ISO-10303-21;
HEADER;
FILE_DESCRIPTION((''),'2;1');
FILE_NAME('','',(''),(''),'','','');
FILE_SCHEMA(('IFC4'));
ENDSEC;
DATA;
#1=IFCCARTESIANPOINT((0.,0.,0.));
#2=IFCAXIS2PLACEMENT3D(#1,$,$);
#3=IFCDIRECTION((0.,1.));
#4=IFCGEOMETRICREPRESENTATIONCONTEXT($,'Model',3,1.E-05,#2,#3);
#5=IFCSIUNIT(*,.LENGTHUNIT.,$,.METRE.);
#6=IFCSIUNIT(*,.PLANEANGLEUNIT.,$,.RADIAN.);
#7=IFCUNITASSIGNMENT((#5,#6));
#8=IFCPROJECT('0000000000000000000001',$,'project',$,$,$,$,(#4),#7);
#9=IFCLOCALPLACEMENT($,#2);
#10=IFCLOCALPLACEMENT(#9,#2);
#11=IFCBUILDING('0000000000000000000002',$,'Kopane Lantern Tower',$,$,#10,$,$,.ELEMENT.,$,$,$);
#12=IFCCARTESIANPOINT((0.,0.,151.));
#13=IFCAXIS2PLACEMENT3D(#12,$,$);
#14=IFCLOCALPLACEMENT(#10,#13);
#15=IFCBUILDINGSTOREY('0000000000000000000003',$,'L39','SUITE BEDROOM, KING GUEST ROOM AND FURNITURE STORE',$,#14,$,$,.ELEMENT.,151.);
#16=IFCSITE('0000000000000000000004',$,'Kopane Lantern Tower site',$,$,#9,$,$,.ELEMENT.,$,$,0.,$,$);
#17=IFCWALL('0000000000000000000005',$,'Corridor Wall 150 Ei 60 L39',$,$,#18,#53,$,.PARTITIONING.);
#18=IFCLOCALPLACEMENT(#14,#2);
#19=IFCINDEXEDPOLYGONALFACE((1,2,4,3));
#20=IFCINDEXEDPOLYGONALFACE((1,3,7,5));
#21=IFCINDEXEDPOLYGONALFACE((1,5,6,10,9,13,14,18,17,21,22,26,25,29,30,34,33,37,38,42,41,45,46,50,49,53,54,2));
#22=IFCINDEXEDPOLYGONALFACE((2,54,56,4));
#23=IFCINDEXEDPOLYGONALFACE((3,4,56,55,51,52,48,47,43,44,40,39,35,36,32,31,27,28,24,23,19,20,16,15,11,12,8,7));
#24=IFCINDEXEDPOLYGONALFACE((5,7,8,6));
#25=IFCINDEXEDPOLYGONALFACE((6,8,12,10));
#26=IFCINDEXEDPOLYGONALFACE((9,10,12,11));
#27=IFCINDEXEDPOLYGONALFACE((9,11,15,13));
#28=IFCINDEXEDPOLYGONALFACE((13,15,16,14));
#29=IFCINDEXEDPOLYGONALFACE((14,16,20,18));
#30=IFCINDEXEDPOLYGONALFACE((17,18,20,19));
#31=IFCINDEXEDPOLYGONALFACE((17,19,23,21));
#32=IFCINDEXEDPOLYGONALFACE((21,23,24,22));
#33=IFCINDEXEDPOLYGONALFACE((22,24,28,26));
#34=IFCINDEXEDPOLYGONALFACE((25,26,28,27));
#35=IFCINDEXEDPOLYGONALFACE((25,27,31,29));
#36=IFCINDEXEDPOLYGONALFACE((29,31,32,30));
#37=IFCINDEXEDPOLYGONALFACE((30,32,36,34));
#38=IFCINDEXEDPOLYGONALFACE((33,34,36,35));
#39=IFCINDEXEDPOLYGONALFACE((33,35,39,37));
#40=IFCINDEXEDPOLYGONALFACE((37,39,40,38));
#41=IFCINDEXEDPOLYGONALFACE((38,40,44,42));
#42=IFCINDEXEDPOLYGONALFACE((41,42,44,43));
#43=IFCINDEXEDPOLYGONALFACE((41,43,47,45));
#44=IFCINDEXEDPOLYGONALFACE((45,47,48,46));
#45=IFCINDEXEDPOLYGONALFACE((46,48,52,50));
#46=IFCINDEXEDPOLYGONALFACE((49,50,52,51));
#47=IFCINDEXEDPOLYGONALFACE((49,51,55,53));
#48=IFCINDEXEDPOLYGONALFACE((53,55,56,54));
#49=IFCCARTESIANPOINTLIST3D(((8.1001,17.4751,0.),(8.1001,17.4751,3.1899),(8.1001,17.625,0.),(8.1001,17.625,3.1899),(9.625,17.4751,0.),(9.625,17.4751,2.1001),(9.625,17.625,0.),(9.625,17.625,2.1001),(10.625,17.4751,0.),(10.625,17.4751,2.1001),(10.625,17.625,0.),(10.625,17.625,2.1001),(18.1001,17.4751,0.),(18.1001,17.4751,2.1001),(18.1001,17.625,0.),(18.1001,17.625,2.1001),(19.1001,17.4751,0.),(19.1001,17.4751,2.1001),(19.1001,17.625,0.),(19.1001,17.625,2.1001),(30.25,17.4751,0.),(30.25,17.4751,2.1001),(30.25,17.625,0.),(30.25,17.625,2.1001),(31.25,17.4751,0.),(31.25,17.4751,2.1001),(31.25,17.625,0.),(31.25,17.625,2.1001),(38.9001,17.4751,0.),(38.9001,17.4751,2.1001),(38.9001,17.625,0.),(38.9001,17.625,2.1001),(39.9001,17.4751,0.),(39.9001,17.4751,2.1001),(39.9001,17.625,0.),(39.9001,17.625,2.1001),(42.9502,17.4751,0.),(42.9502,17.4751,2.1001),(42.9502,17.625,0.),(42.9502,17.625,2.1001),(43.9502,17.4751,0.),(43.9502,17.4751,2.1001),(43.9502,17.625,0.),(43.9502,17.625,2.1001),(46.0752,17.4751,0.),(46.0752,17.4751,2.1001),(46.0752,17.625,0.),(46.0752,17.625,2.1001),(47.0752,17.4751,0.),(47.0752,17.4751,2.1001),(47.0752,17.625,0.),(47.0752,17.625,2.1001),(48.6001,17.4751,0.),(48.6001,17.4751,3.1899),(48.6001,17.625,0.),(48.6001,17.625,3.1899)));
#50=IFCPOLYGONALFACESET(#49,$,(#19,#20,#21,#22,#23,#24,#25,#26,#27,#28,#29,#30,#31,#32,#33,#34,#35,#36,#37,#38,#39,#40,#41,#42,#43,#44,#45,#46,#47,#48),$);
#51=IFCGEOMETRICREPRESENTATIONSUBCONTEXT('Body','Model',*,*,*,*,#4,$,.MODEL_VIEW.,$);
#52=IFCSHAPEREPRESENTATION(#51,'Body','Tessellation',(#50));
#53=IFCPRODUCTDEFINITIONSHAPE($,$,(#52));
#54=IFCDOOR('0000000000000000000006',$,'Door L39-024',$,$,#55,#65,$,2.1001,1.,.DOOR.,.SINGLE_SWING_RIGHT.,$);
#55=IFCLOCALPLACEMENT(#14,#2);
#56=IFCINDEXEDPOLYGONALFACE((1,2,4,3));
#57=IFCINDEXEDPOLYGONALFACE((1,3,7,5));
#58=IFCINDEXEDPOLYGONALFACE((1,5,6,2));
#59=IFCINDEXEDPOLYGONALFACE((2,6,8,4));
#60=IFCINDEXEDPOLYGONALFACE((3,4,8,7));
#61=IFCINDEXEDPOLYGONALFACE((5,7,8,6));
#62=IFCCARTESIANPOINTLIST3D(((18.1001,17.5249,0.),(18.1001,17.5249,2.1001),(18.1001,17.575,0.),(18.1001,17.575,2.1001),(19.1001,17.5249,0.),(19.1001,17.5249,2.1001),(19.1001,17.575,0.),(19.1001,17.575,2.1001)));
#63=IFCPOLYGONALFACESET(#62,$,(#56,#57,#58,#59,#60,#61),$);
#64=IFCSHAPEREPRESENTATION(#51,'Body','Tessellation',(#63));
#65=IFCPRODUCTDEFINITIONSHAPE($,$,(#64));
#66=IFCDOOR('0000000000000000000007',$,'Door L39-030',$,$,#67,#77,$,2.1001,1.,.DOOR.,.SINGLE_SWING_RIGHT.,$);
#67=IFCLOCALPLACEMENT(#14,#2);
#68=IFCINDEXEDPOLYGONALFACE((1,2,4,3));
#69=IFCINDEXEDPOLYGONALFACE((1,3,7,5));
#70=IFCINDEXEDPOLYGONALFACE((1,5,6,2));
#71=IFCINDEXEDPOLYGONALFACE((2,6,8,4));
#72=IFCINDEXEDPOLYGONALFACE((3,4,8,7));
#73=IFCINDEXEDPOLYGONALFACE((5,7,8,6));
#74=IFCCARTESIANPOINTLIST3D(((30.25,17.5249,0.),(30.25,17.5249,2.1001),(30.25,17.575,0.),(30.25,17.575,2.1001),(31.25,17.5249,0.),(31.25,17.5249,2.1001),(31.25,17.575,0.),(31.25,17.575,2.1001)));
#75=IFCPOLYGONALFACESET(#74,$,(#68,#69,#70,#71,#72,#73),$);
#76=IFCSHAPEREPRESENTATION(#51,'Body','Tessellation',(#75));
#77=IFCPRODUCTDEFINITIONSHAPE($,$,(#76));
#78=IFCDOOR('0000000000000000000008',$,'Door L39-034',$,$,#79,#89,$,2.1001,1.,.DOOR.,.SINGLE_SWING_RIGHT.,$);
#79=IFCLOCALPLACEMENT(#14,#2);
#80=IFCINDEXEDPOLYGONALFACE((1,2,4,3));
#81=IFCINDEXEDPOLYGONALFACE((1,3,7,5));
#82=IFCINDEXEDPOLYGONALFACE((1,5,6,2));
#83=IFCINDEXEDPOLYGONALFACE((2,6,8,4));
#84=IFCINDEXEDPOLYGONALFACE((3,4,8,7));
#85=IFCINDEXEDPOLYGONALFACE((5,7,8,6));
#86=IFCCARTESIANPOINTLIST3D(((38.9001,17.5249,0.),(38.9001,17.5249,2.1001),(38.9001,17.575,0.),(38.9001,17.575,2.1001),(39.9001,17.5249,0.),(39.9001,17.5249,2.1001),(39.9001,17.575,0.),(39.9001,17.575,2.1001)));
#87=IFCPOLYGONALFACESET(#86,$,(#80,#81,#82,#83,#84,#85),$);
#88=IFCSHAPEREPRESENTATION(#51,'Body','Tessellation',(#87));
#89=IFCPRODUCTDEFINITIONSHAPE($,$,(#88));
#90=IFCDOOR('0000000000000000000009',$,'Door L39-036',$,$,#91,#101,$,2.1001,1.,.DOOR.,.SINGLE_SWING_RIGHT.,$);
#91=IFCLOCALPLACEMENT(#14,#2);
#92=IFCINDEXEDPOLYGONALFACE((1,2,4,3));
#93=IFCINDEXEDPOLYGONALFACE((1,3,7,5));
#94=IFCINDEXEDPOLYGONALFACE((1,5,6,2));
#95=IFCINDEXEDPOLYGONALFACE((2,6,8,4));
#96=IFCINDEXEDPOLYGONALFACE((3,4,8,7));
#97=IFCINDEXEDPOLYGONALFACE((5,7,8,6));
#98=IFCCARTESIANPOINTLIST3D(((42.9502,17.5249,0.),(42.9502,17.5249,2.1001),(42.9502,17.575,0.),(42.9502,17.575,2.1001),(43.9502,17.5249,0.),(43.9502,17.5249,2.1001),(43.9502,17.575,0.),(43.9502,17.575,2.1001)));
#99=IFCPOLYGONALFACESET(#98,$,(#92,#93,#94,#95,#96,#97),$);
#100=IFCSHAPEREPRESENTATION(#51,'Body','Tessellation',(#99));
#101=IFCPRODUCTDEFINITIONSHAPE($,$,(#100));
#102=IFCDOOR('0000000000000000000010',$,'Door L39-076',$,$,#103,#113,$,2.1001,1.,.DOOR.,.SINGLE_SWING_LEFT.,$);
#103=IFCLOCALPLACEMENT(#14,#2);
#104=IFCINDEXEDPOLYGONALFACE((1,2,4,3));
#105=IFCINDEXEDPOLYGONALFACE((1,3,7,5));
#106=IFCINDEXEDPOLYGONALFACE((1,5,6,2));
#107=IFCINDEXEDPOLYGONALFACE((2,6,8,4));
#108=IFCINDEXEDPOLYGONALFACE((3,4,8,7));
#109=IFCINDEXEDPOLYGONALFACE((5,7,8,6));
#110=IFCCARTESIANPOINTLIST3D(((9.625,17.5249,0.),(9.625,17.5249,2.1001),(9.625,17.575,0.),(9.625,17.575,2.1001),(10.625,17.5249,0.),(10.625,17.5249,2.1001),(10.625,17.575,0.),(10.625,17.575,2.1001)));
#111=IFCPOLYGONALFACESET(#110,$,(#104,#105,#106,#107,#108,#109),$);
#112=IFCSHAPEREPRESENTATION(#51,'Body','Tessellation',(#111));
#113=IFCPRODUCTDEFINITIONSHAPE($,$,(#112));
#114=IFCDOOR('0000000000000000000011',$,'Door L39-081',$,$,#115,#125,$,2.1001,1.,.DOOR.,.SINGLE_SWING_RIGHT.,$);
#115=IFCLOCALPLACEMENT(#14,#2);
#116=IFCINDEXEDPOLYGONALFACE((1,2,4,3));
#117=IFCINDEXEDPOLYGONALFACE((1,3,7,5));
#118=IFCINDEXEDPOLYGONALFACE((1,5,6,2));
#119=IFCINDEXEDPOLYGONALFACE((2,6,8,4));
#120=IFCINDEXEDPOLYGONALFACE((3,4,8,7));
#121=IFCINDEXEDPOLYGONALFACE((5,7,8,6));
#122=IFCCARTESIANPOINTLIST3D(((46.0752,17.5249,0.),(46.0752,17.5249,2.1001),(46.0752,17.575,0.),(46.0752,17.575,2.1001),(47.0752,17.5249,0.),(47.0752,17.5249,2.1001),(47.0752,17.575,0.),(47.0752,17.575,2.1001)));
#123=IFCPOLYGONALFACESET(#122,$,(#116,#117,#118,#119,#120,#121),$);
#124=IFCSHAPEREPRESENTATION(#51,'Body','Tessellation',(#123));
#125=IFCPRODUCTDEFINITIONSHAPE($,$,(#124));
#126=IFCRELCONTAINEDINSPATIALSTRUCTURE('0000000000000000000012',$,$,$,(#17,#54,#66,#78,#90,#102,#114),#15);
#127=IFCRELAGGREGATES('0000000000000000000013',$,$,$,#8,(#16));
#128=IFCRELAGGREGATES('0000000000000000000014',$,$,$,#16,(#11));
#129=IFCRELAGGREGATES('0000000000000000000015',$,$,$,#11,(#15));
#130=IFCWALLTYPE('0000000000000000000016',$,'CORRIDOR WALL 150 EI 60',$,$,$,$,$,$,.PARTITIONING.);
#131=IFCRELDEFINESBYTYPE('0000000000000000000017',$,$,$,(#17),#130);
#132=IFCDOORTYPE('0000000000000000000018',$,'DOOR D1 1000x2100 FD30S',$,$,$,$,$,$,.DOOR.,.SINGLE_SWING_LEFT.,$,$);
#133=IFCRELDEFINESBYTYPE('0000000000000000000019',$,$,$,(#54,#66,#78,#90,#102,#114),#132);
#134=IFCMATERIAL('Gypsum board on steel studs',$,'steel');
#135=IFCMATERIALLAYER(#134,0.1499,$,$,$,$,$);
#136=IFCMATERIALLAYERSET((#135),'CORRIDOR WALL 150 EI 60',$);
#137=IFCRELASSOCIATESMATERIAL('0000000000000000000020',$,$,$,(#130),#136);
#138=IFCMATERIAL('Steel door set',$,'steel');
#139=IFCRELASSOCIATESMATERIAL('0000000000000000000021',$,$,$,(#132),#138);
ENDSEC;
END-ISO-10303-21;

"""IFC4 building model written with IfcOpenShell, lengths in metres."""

from ifc_helpers import new_model, si_unit, direction, frame, frame_2d, origin, place, context, subcontext, project, spatial, rectangle, extrude, material, layer, layer_set, type_object, element, fill, save


model = new_model("IFC4")

# Units and contexts
model_context = context("Model", 3, precision=1e-05, world=origin(), true_north=direction((0.0, 1.0)))
body_context = subcontext(model_context, "Body", "Model", "MODEL_VIEW")
ifc_project = project(units=[si_unit("LENGTHUNIT", "METRE"), si_unit("PLANEANGLEUNIT", "RADIAN")], contexts=[model_context])

# Site, building, storey
site_placement = place(None, origin())
site = spatial("IfcSite", under=ifc_project, at=site_placement, Name="Kopane Lantern Tower site", CompositionType="ELEMENT", RefElevation=0.0)
building_placement = place(site_placement, origin())
building = spatial("IfcBuilding", under=site, at=building_placement, Name="Kopane Lantern Tower", CompositionType="ELEMENT")
storey_placement = place(building_placement, frame((0.0, 0.0, 151.0)))
storey = spatial("IfcBuildingStorey", under=building, at=storey_placement, Name="L39", Description="SUITE BEDROOM, KING GUEST ROOM AND FURNITURE STORE", CompositionType="ELEMENT", Elevation=151.0)

# Wall, openings, doors
ifc_material_1 = material(Name="Gypsum board on steel studs", Category="steel")
ifc_layer_1 = layer(ifc_material_1, 0.1499)
ifc_layer_set_1 = layer_set([ifc_layer_1], Name="CORRIDOR WALL 150 EI 60")
wall_type_1 = type_object("IfcWallType", Name="CORRIDOR WALL 150 EI 60", PredefinedType="PARTITIONING", material=ifc_layer_set_1)
wall_1_placement = place(storey_placement, frame((8.1001, 17.55, 0.0), z_axis=(0.0, 0.0, 1.0), x_axis=(1.0, 0.0, 0.0)))
wall_1 = element("IfcWall", 1, at=wall_1_placement, inside=storey, type_object=wall_type_1, Name="Corridor Wall 150 Ei 60 L39", PredefinedType="PARTITIONING", context=body_context, shape_type="SweptSolid", body=[
    extrude(rectangle(XDim=40.5, YDim=0.1499, at=frame_2d((20.25, 0.0))), origin(), (0.0, 0.0, 1.0), 3.1899),
])
opening_1_placement = place(wall_1_placement, frame((10.0, 0.0, 0.0)))
opening_1 = element("IfcOpeningElement", 2, at=opening_1_placement, cuts=wall_1, PredefinedType="OPENING", context=body_context, shape_type="SweptSolid", body=[
    extrude(rectangle(XDim=1.0, YDim=2.1001, at=frame_2d((0.5, 1.05))), frame((0.0, 0.085, 0.0), z_axis=(0.0, -1.0, 0.0), x_axis=(1.0, 0.0, 0.0)), (0.0, 0.0, 1.0), 0.1699),
])
opening_2_placement = place(wall_1_placement, frame((22.1499, 0.0, 0.0)))
opening_2 = element("IfcOpeningElement", 3, at=opening_2_placement, cuts=wall_1, PredefinedType="OPENING", context=body_context, shape_type="SweptSolid", body=[
    extrude(rectangle(XDim=1.0, YDim=2.1001, at=frame_2d((0.5, 1.05))), frame((0.0, 0.085, 0.0), z_axis=(0.0, -1.0, 0.0), x_axis=(1.0, 0.0, 0.0)), (0.0, 0.0, 1.0), 0.1699),
])
opening_3_placement = place(wall_1_placement, frame((30.8, 0.0, 0.0)))
opening_3 = element("IfcOpeningElement", 4, at=opening_3_placement, cuts=wall_1, PredefinedType="OPENING", context=body_context, shape_type="SweptSolid", body=[
    extrude(rectangle(XDim=1.0, YDim=2.1001, at=frame_2d((0.5, 1.05))), frame((0.0, 0.085, 0.0), z_axis=(0.0, -1.0, 0.0), x_axis=(1.0, 0.0, 0.0)), (0.0, 0.0, 1.0), 0.1699),
])
opening_4_placement = place(wall_1_placement, frame((34.8501, 0.0, 0.0)))
opening_4 = element("IfcOpeningElement", 5, at=opening_4_placement, cuts=wall_1, PredefinedType="OPENING", context=body_context, shape_type="SweptSolid", body=[
    extrude(rectangle(XDim=1.0, YDim=2.1001, at=frame_2d((0.5, 1.05))), frame((0.0, 0.085, 0.0), z_axis=(0.0, -1.0, 0.0), x_axis=(1.0, 0.0, 0.0)), (0.0, 0.0, 1.0), 0.1699),
])
opening_5_placement = place(wall_1_placement, frame((1.5249, 0.0, 0.0)))
opening_5 = element("IfcOpeningElement", 6, at=opening_5_placement, cuts=wall_1, PredefinedType="OPENING", context=body_context, shape_type="SweptSolid", body=[
    extrude(rectangle(XDim=1.0, YDim=2.1001, at=frame_2d((0.5, 1.05))), frame((0.0, 0.085, 0.0), z_axis=(0.0, -1.0, 0.0), x_axis=(1.0, 0.0, 0.0)), (0.0, 0.0, 1.0), 0.1699),
])
opening_6_placement = place(wall_1_placement, frame((37.9751, 0.0, 0.0)))
opening_6 = element("IfcOpeningElement", 7, at=opening_6_placement, cuts=wall_1, PredefinedType="OPENING", context=body_context, shape_type="SweptSolid", body=[
    extrude(rectangle(XDim=1.0, YDim=2.1001, at=frame_2d((0.5, 1.05))), frame((0.0, 0.085, 0.0), z_axis=(0.0, -1.0, 0.0), x_axis=(1.0, 0.0, 0.0)), (0.0, 0.0, 1.0), 0.1699),
])
ifc_material_2 = material(Name="Steel door set", Category="steel")
door_type_1 = type_object("IfcDoorType", Name="DOOR D1 1000x2100 FD30S", OperationType="SINGLE_SWING_LEFT", PredefinedType="DOOR", material=ifc_material_2)
door_1_placement = place(opening_1_placement, origin())
door_1 = element("IfcDoor", 8, at=door_1_placement, inside=storey, type_object=door_type_1, Name="Door L39-024", OperationType="SINGLE_SWING_RIGHT", OverallHeight=2.1001, OverallWidth=1.0, PredefinedType="DOOR", context=body_context, shape_type="SweptSolid", body=[
    extrude(rectangle(XDim=1.0, YDim=2.1001, at=frame_2d((0.5, 1.05))), frame((0.0, 0.0249, 0.0), z_axis=(0.0, -1.0, 0.0), x_axis=(1.0, 0.0, 0.0)), (0.0, 0.0, 1.0), 0.05),
])
fill(opening_1, door_1)
door_2_placement = place(opening_2_placement, origin())
door_2 = element("IfcDoor", 9, at=door_2_placement, inside=storey, type_object=door_type_1, Name="Door L39-030", OperationType="SINGLE_SWING_RIGHT", OverallHeight=2.1001, OverallWidth=1.0, PredefinedType="DOOR", context=body_context, shape_type="SweptSolid", body=[
    extrude(rectangle(XDim=1.0, YDim=2.1001, at=frame_2d((0.5, 1.05))), frame((0.0, 0.0249, 0.0), z_axis=(0.0, -1.0, 0.0), x_axis=(1.0, 0.0, 0.0)), (0.0, 0.0, 1.0), 0.05),
])
fill(opening_2, door_2)
door_3_placement = place(opening_3_placement, origin())
door_3 = element("IfcDoor", 10, at=door_3_placement, inside=storey, type_object=door_type_1, Name="Door L39-034", OperationType="SINGLE_SWING_RIGHT", OverallHeight=2.1001, OverallWidth=1.0, PredefinedType="DOOR", context=body_context, shape_type="SweptSolid", body=[
    extrude(rectangle(XDim=1.0, YDim=2.1001, at=frame_2d((0.5, 1.05))), frame((0.0, 0.0249, 0.0), z_axis=(0.0, -1.0, 0.0), x_axis=(1.0, 0.0, 0.0)), (0.0, 0.0, 1.0), 0.05),
])
fill(opening_3, door_3)
door_4_placement = place(opening_4_placement, origin())
door_4 = element("IfcDoor", 11, at=door_4_placement, inside=storey, type_object=door_type_1, Name="Door L39-036", OperationType="SINGLE_SWING_RIGHT", OverallHeight=2.1001, OverallWidth=1.0, PredefinedType="DOOR", context=body_context, shape_type="SweptSolid", body=[
    extrude(rectangle(XDim=1.0, YDim=2.1001, at=frame_2d((0.5, 1.05))), frame((0.0, 0.0249, 0.0), z_axis=(0.0, -1.0, 0.0), x_axis=(1.0, 0.0, 0.0)), (0.0, 0.0, 1.0), 0.05),
])
fill(opening_4, door_4)
door_5_placement = place(opening_5_placement, origin())
door_5 = element("IfcDoor", 12, at=door_5_placement, inside=storey, type_object=door_type_1, Name="Door L39-076", OperationType="SINGLE_SWING_LEFT", OverallHeight=2.1001, OverallWidth=1.0, PredefinedType="DOOR", context=body_context, shape_type="SweptSolid", body=[
    extrude(rectangle(XDim=1.0, YDim=2.1001, at=frame_2d((0.5, 1.05))), frame((0.0, 0.0249, 0.0), z_axis=(0.0, -1.0, 0.0), x_axis=(1.0, 0.0, 0.0)), (0.0, 0.0, 1.0), 0.05),
])
fill(opening_5, door_5)
door_6_placement = place(opening_6_placement, origin())
door_6 = element("IfcDoor", 13, at=door_6_placement, inside=storey, type_object=door_type_1, Name="Door L39-081", OperationType="SINGLE_SWING_RIGHT", OverallHeight=2.1001, OverallWidth=1.0, PredefinedType="DOOR", context=body_context, shape_type="SweptSolid", body=[
    extrude(rectangle(XDim=1.0, YDim=2.1001, at=frame_2d((0.5, 1.05))), frame((0.0, 0.0249, 0.0), z_axis=(0.0, -1.0, 0.0), x_axis=(1.0, 0.0, 0.0)), (0.0, 0.0, 1.0), 0.05),
])
fill(opening_6, door_6)

save(model, "model.ifc")
